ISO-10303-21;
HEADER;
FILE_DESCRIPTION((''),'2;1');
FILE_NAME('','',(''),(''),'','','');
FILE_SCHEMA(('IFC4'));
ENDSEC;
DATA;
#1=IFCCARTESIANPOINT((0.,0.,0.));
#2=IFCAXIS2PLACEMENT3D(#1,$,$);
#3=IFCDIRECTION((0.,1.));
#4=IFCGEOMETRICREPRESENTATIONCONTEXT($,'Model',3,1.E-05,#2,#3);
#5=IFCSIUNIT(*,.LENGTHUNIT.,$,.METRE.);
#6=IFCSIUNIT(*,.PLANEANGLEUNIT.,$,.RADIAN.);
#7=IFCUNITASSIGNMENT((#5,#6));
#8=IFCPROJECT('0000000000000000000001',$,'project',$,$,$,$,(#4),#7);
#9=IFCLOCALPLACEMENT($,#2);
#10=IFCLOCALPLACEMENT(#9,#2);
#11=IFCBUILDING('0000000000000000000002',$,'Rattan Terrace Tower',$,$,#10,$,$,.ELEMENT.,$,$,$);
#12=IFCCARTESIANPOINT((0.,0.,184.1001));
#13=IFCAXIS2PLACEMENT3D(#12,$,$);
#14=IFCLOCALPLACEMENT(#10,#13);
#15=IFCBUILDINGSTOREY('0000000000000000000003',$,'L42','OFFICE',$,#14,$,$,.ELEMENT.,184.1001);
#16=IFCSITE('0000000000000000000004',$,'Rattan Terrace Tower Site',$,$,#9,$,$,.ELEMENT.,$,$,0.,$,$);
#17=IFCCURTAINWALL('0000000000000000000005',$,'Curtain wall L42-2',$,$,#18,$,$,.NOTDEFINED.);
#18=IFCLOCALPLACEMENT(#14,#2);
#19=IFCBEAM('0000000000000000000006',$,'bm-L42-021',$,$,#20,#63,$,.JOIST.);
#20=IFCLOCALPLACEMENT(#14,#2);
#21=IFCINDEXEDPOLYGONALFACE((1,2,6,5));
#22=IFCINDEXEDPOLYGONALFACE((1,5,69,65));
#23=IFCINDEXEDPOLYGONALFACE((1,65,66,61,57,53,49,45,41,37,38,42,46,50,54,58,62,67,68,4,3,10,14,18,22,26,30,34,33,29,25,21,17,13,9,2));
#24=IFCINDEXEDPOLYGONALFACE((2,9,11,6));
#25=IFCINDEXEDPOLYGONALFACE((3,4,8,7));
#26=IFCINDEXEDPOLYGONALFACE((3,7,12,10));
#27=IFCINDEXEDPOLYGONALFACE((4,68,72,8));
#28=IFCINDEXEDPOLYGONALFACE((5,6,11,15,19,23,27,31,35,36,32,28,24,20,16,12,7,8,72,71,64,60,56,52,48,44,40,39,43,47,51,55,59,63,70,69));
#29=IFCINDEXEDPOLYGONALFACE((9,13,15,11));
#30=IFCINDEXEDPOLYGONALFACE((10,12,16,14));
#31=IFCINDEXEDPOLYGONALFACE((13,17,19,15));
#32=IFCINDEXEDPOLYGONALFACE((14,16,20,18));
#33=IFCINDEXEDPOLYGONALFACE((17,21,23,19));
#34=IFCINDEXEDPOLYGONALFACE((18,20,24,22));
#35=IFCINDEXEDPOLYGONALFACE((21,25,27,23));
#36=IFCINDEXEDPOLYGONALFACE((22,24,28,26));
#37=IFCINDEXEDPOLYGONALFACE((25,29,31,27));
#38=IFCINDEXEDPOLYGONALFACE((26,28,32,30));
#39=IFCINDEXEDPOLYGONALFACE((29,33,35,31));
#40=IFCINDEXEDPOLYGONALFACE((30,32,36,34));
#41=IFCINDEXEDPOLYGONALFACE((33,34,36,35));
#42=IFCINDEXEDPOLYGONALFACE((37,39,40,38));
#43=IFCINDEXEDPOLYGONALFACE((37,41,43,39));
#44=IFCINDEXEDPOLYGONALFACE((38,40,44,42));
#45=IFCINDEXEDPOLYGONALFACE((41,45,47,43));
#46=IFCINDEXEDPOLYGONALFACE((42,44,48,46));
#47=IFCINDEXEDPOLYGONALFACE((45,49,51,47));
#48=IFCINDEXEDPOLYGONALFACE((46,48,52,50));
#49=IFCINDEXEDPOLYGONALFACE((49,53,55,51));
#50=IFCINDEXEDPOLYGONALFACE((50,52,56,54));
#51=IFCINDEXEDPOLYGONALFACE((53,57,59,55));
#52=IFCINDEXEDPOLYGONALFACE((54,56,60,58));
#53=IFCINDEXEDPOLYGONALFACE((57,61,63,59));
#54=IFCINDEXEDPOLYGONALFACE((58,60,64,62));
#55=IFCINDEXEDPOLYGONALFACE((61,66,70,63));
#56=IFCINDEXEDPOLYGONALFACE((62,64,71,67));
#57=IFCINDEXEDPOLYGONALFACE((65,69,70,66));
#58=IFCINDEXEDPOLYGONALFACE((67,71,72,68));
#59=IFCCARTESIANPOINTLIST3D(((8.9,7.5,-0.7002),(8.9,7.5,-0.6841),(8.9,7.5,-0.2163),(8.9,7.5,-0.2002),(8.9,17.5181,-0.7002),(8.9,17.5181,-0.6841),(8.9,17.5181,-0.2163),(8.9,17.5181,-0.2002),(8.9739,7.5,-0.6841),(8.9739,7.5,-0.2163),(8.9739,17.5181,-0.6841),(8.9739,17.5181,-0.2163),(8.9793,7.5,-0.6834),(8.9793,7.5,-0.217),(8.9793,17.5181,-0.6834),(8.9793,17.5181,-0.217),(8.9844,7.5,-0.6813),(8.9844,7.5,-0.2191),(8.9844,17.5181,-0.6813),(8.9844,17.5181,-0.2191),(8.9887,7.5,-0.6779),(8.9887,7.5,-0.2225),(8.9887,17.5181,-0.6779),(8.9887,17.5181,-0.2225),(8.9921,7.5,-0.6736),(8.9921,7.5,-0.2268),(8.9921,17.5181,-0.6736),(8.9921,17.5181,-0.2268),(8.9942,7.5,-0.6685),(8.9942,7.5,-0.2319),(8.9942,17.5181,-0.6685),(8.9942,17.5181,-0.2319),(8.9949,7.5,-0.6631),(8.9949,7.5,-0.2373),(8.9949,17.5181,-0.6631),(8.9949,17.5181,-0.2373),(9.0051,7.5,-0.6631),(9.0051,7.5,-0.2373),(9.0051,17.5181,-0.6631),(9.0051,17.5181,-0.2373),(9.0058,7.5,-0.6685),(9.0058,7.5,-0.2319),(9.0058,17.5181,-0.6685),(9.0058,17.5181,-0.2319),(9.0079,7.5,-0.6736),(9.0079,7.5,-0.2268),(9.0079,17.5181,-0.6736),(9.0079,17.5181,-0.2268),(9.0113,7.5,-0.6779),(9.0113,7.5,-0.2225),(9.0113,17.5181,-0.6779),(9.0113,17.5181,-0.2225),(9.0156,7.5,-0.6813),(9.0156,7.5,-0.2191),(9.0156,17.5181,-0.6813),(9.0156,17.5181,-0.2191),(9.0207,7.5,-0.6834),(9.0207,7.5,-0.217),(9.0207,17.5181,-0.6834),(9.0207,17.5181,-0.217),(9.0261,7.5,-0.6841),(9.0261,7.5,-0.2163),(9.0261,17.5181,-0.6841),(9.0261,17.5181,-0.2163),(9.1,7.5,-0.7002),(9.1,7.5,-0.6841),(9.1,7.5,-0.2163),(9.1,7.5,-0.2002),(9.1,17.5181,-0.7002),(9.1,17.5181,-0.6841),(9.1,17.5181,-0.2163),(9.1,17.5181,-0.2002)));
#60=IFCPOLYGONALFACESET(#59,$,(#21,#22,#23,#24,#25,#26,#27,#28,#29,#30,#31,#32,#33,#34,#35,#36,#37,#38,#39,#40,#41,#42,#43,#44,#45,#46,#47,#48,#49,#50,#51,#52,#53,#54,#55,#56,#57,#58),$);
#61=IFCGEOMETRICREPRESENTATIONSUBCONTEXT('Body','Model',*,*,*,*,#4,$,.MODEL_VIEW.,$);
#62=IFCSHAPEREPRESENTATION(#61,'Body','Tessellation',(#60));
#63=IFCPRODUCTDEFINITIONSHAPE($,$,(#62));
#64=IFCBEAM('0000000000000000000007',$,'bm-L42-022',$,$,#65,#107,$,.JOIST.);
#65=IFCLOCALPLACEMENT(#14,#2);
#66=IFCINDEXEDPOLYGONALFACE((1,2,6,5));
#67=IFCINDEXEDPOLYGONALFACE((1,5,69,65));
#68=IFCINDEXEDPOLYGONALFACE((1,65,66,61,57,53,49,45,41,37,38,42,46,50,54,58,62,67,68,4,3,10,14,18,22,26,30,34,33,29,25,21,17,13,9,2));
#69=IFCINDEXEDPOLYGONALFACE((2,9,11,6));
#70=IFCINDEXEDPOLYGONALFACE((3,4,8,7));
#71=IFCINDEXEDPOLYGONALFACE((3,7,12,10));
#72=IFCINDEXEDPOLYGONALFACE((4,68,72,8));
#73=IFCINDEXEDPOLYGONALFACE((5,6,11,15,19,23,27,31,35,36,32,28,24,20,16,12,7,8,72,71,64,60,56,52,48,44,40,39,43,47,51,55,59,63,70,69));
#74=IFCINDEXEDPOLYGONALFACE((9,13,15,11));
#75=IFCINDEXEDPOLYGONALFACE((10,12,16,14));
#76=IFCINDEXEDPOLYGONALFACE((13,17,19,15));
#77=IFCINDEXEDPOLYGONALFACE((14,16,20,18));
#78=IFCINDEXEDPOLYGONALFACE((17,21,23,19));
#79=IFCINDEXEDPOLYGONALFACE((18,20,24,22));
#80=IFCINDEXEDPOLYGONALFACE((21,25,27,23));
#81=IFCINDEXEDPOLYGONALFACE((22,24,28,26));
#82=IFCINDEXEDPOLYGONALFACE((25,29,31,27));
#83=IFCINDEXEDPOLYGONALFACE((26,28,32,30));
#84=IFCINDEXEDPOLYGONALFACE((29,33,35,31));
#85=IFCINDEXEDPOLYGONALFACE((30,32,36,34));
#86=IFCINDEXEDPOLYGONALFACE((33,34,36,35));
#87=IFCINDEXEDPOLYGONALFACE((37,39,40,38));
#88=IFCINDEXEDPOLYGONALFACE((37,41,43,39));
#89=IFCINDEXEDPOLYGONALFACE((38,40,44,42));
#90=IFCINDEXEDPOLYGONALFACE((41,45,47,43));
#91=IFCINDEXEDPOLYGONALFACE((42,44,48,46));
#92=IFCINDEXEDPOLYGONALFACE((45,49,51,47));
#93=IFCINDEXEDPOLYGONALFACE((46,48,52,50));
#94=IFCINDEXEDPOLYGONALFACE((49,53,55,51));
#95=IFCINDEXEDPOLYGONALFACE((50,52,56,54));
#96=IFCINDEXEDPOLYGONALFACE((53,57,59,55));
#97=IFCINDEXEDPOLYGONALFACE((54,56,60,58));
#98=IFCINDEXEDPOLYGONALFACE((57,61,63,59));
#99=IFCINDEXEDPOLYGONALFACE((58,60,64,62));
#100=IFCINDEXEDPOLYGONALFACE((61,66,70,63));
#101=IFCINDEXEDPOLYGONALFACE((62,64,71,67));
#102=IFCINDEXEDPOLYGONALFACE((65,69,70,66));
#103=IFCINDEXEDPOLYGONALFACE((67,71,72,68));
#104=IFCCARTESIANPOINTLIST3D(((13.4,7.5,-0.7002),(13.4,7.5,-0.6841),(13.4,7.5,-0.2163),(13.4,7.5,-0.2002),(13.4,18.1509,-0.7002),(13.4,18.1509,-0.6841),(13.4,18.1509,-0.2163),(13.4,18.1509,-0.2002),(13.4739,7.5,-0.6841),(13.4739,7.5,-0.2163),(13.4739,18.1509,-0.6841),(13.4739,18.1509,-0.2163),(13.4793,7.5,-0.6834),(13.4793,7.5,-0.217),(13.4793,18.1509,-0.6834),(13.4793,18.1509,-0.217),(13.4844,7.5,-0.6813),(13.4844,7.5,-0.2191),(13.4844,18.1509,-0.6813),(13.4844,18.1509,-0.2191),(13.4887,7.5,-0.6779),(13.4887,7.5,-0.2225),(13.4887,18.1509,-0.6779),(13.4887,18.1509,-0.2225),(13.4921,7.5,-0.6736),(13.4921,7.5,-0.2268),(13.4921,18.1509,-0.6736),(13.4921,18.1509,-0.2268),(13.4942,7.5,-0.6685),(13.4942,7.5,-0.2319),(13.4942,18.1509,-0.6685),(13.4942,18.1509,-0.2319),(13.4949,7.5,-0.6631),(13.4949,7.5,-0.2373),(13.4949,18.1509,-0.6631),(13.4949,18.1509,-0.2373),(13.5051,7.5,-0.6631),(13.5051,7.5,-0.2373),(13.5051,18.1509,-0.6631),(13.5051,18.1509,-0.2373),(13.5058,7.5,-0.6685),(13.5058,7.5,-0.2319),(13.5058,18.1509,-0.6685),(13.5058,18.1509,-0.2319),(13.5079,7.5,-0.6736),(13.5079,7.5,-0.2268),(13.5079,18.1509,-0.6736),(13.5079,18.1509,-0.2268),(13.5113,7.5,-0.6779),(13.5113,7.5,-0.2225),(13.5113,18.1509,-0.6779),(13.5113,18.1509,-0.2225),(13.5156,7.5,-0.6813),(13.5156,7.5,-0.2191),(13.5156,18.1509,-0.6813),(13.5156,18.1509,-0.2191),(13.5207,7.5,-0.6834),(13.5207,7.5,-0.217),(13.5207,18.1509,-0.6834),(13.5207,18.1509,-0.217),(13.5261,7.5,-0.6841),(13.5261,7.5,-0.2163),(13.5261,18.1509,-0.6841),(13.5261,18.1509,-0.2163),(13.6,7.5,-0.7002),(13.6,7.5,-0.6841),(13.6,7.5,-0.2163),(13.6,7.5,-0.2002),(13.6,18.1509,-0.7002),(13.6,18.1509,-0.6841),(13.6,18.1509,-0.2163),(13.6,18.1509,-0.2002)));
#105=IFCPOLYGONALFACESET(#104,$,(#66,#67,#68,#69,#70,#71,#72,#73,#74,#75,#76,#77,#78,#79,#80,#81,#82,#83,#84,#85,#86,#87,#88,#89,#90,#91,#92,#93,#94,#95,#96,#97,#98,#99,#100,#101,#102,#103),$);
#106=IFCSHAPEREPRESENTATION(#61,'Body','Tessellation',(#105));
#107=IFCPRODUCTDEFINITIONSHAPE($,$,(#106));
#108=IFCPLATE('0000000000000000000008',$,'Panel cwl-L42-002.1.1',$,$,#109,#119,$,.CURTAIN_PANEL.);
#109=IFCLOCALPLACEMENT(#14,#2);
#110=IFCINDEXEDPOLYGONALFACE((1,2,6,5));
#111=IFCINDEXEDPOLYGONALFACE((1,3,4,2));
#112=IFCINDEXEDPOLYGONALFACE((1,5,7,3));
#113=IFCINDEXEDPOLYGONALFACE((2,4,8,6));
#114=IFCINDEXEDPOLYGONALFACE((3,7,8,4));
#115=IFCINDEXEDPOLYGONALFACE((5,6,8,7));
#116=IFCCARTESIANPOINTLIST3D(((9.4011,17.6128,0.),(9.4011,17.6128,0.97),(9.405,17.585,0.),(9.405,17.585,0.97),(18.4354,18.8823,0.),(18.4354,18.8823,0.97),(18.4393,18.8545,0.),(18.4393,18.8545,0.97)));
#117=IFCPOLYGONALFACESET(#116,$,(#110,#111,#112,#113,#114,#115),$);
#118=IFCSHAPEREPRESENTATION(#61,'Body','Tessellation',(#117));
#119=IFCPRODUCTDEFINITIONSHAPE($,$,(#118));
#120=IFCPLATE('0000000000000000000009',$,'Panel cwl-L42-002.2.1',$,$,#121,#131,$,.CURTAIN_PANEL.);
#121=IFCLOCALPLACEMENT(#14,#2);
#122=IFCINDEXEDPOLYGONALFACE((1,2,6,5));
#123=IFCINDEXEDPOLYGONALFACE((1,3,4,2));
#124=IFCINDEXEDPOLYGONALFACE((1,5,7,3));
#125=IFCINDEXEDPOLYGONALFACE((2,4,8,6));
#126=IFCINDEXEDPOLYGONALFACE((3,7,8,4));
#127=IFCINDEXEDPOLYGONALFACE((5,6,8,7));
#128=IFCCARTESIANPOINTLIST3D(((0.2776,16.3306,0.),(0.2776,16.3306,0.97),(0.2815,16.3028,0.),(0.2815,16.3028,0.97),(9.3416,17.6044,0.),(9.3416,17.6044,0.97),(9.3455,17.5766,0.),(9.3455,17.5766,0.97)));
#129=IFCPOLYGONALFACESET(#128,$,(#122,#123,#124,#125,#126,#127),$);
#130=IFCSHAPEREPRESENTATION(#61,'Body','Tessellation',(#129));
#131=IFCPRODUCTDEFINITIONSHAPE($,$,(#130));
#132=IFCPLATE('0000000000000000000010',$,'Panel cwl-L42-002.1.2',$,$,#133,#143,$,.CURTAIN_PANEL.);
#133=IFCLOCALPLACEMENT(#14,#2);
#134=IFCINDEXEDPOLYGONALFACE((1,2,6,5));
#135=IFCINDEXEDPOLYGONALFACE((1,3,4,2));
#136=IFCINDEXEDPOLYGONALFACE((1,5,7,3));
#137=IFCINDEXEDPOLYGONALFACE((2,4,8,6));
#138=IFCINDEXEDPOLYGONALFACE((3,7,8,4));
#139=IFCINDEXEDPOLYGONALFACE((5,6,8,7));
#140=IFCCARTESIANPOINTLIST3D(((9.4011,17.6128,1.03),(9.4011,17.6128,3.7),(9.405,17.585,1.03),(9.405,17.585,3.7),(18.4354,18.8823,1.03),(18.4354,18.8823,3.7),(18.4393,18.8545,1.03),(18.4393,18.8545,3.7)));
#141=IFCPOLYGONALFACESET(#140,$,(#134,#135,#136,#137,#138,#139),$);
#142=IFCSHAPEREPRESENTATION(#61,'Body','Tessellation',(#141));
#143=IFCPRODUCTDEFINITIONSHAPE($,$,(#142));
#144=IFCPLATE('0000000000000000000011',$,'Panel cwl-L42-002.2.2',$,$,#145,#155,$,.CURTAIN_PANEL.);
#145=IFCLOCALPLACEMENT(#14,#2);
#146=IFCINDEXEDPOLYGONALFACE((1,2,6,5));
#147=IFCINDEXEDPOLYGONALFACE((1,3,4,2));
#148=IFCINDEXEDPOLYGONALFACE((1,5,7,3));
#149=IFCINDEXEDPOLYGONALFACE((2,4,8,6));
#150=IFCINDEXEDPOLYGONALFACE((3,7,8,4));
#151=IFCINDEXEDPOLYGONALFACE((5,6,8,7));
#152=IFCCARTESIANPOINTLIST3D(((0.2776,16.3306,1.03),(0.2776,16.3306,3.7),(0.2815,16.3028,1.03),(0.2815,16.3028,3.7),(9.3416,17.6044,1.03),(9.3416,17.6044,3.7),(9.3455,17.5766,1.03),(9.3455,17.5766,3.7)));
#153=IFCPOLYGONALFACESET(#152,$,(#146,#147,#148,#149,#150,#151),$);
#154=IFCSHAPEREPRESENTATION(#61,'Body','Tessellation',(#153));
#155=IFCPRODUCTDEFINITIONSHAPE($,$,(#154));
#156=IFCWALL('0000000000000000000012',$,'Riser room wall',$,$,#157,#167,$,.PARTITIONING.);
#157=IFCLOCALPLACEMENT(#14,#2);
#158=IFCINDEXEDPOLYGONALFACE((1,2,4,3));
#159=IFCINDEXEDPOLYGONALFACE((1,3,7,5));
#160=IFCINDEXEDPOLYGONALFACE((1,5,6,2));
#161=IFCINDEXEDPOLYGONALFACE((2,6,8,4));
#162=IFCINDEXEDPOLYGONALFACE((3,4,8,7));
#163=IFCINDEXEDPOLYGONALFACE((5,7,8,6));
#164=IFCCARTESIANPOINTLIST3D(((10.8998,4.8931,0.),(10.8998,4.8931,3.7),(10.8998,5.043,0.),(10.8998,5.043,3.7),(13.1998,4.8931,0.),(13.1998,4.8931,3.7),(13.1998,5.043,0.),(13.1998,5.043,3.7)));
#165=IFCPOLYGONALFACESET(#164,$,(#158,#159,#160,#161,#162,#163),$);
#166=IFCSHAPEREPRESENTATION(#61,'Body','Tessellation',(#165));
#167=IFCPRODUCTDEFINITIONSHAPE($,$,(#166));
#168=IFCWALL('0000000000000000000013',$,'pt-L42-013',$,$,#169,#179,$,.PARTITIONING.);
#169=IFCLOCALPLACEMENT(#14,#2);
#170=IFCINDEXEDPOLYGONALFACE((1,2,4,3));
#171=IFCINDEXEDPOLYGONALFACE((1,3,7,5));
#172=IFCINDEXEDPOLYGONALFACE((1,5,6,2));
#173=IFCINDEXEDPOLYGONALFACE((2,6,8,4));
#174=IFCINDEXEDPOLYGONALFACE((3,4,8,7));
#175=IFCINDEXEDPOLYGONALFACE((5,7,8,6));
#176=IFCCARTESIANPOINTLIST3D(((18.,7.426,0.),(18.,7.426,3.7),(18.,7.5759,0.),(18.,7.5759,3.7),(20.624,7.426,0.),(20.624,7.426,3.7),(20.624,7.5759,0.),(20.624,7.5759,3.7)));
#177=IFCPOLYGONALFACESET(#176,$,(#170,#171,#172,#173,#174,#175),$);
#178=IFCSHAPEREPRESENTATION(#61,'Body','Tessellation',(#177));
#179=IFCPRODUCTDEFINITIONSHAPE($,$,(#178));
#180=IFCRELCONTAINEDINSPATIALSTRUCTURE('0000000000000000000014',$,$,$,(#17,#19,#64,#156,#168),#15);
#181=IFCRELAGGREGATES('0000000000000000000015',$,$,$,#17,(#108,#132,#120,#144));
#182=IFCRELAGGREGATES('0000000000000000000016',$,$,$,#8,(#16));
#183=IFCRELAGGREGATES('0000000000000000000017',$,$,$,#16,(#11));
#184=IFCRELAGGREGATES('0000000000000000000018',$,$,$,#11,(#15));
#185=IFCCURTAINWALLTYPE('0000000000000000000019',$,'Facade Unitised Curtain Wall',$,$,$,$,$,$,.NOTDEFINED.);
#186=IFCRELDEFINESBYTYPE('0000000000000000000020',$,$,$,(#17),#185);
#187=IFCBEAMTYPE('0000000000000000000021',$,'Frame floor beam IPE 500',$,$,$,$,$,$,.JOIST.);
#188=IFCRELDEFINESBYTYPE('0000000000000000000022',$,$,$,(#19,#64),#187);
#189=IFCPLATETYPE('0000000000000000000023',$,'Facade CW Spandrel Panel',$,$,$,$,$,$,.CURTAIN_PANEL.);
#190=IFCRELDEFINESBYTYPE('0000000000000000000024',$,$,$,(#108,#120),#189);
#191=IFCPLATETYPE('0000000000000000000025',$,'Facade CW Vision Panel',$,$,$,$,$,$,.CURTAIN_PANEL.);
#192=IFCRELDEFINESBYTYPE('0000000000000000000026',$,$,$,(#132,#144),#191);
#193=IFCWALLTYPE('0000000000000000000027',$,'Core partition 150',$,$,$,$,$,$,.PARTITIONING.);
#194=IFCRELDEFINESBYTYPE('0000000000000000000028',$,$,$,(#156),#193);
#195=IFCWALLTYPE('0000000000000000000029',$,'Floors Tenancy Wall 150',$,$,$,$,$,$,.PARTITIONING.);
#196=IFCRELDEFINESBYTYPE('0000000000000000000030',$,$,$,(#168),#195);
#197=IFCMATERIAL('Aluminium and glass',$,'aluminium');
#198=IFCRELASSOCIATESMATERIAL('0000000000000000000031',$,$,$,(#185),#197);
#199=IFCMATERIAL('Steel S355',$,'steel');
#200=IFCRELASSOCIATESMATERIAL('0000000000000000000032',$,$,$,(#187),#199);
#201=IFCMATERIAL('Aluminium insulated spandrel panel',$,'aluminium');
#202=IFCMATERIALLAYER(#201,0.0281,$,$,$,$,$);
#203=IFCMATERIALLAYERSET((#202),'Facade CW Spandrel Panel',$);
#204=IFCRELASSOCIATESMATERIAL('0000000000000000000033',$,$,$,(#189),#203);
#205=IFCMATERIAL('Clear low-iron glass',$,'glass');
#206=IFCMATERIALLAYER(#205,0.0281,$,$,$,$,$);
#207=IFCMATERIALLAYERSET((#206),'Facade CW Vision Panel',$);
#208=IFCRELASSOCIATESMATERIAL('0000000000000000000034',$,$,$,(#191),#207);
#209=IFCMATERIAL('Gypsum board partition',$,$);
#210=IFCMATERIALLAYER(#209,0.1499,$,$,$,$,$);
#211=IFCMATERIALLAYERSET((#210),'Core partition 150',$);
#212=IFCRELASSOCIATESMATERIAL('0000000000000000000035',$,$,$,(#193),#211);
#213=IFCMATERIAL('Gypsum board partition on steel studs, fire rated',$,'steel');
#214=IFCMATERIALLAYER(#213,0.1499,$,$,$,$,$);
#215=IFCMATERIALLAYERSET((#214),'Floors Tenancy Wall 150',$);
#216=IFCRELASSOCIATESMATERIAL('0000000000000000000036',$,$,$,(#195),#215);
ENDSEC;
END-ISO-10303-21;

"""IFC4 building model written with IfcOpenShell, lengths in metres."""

from ifc_helpers import new_model, si_unit, direction, frame, frame_2d, origin, origin_2d, place, context, subcontext, project, spatial, rectangle, i_section, extrude, material, layer, layer_set, material_profile, profile_set, type_object, element, aggregate, save


model = new_model("IFC4")

# Units and contexts
model_context = context("Model", 3, precision=1e-05, world=origin(), true_north=direction((0.0, 1.0)))
body_context = subcontext(model_context, "Body", "Model", "MODEL_VIEW")
ifc_project = project(units=[si_unit("LENGTHUNIT", "METRE"), si_unit("PLANEANGLEUNIT", "RADIAN")], contexts=[model_context])

# Site, building, storey
site_placement = place(None, origin())
site = spatial("IfcSite", under=ifc_project, at=site_placement, Name="Rattan Terrace Tower Site", CompositionType="ELEMENT", RefElevation=0.0)
building_placement = place(site_placement, origin())
building = spatial("IfcBuilding", under=site, at=building_placement, Name="Rattan Terrace Tower", CompositionType="ELEMENT")
storey_placement = place(building_placement, frame((0.0, 0.0, 184.1001)))
storey = spatial("IfcBuildingStorey", under=building, at=storey_placement, Name="L42", Description="OFFICE", CompositionType="ELEMENT", Elevation=184.1001)

# Curtain wall
ifc_material_1 = material(Name="Aluminium and glass", Category="aluminium")
curtain_wall_type = type_object("IfcCurtainWallType", Name="Facade Unitised Curtain Wall", PredefinedType="NOTDEFINED", material=ifc_material_1)
curtain_wall_placement = place(storey_placement, origin())
curtain_wall = element("IfcCurtainWall", 1, at=curtain_wall_placement, inside=storey, type_object=curtain_wall_type, Name="Curtain wall L42-2", PredefinedType="NOTDEFINED")

# Beams
ifc_material_2 = material(Name="Steel S355", Category="steel")
ifc_material_profile_1 = material_profile(ifc_material_2, i_section(OverallWidth=0.2, OverallDepth=0.5, WebThickness=0.0103, FlangeThickness=0.0161, FilletRadius=0.021, at=origin_2d()), Name="IPE 500")
ifc_profile_set_1 = profile_set([ifc_material_profile_1], Name="Steel S355")
beam_type_1 = type_object("IfcBeamType", Name="Frame floor beam IPE 500", PredefinedType="JOIST", material=ifc_profile_set_1)
beam_1_placement = place(storey_placement, frame((9.0, 7.5, -0.4502), z_axis=(0.0, 1.0, 0.0), x_axis=(-1.0, 0.0, 0.0)))
element("IfcBeam", 2, at=beam_1_placement, inside=storey, type_object=beam_type_1, Name="bm-L42-021", PredefinedType="JOIST", context=body_context, shape_type="SweptSolid", body=[
    extrude(i_section(OverallWidth=0.2, OverallDepth=0.5, WebThickness=0.0103, FlangeThickness=0.0161, FilletRadius=0.021, at=origin_2d()), origin(), (0.0, 0.0, 1.0), 10.0181),
])
beam_2_placement = place(storey_placement, frame((13.5, 7.5, -0.4502), z_axis=(0.0, 1.0, 0.0), x_axis=(-1.0, 0.0, 0.0)))
element("IfcBeam", 3, at=beam_2_placement, inside=storey, type_object=beam_type_1, Name="bm-L42-022", PredefinedType="JOIST", context=body_context, shape_type="SweptSolid", body=[
    extrude(i_section(OverallWidth=0.2, OverallDepth=0.5, WebThickness=0.0103, FlangeThickness=0.0161, FilletRadius=0.021, at=origin_2d()), origin(), (0.0, 0.0, 1.0), 10.6509),
])

# Plates
ifc_material_3 = material(Name="Aluminium insulated spandrel panel", Category="aluminium")
ifc_layer_1 = layer(ifc_material_3, 0.0281)
ifc_layer_set_1 = layer_set([ifc_layer_1], Name="Facade CW Spandrel Panel")
plate_type_1 = type_object("IfcPlateType", Name="Facade CW Spandrel Panel", PredefinedType="CURTAIN_PANEL", material=ifc_layer_set_1)
plate_1_placement = place(storey_placement, frame((13.9202, 18.2336, 0.0), z_axis=(0.0, 0.0, 1.0), x_axis=(-0.99027, -0.139161, 0.0)))
plate_1 = element("IfcPlate", 4, at=plate_1_placement, type_object=plate_type_1, Name="Panel cwl-L42-002.1.1", PredefinedType="CURTAIN_PANEL", context=body_context, shape_type="SweptSolid", body=[
    extrude(rectangle(XDim=9.123, YDim=0.0281, at=origin_2d()), origin(), (0.0, 0.0, 1.0), 0.97),
])
plate_2_placement = place(storey_placement, frame((4.8115, 16.9536, 0.0), z_axis=(0.0, 0.0, 1.0), x_axis=(-0.99027, -0.139161, 0.0)))
plate_2 = element("IfcPlate", 5, at=plate_2_placement, type_object=plate_type_1, Name="Panel cwl-L42-002.2.1", PredefinedType="CURTAIN_PANEL", context=body_context, shape_type="SweptSolid", body=[
    extrude(rectangle(XDim=9.1531, YDim=0.0281, at=origin_2d()), origin(), (0.0, 0.0, 1.0), 0.97),
])
ifc_material_4 = material(Name="Clear low-iron glass", Category="glass")
ifc_layer_2 = layer(ifc_material_4, 0.0281)
ifc_layer_set_2 = layer_set([ifc_layer_2], Name="Facade CW Vision Panel")
plate_type_2 = type_object("IfcPlateType", Name="Facade CW Vision Panel", PredefinedType="CURTAIN_PANEL", material=ifc_layer_set_2)
plate_3_placement = place(storey_placement, frame((13.9202, 18.2336, 1.03), z_axis=(0.0, 0.0, 1.0), x_axis=(-0.99027, -0.139161, 0.0)))
plate_3 = element("IfcPlate", 6, at=plate_3_placement, type_object=plate_type_2, Name="Panel cwl-L42-002.1.2", PredefinedType="CURTAIN_PANEL", context=body_context, shape_type="SweptSolid", body=[
    extrude(rectangle(XDim=9.123, YDim=0.0281, at=origin_2d()), origin(), (0.0, 0.0, 1.0), 2.6699),
])
plate_4_placement = place(storey_placement, frame((4.8115, 16.9536, 1.03), z_axis=(0.0, 0.0, 1.0), x_axis=(-0.99027, -0.139161, 0.0)))
plate_4 = element("IfcPlate", 7, at=plate_4_placement, type_object=plate_type_2, Name="Panel cwl-L42-002.2.2", PredefinedType="CURTAIN_PANEL", context=body_context, shape_type="SweptSolid", body=[
    extrude(rectangle(XDim=9.1531, YDim=0.0281, at=origin_2d()), origin(), (0.0, 0.0, 1.0), 2.6699),
])
aggregate(curtain_wall, [plate_1, plate_3, plate_2, plate_4])

# Walls
ifc_material_5 = material(Name="Gypsum board partition")
ifc_layer_3 = layer(ifc_material_5, 0.1499)
ifc_layer_set_3 = layer_set([ifc_layer_3], Name="Core partition 150")
wall_type_1 = type_object("IfcWallType", Name="Core partition 150", PredefinedType="PARTITIONING", material=ifc_layer_set_3)
wall_1_placement = place(storey_placement, frame((10.8999, 4.968, 0.0), z_axis=(0.0, 0.0, 1.0), x_axis=(1.0, 0.0, 0.0)))
element("IfcWall", 8, at=wall_1_placement, inside=storey, type_object=wall_type_1, Name="Riser room wall", PredefinedType="PARTITIONING", context=body_context, shape_type="SweptSolid", body=[
    extrude(rectangle(XDim=2.3, YDim=0.1499, at=frame_2d((1.1499, 0.0))), origin(), (0.0, 0.0, 1.0), 3.7),
])
ifc_material_6 = material(Name="Gypsum board partition on steel studs, fire rated", Category="steel")
ifc_layer_4 = layer(ifc_material_6, 0.1499)
ifc_layer_set_4 = layer_set([ifc_layer_4], Name="Floors Tenancy Wall 150")
wall_type_2 = type_object("IfcWallType", Name="Floors Tenancy Wall 150", PredefinedType="PARTITIONING", material=ifc_layer_set_4)
wall_2_placement = place(storey_placement, frame((18.0, 7.501, 0.0), z_axis=(0.0, 0.0, 1.0), x_axis=(1.0, 0.0, 0.0)))
element("IfcWall", 9, at=wall_2_placement, inside=storey, type_object=wall_type_2, Name="pt-L42-013", PredefinedType="PARTITIONING", context=body_context, shape_type="SweptSolid", body=[
    extrude(rectangle(XDim=2.624, YDim=0.1499, at=frame_2d((1.312, 0.0))), origin(), (0.0, 0.0, 1.0), 3.7),
])

save(model, "model.ifc")
